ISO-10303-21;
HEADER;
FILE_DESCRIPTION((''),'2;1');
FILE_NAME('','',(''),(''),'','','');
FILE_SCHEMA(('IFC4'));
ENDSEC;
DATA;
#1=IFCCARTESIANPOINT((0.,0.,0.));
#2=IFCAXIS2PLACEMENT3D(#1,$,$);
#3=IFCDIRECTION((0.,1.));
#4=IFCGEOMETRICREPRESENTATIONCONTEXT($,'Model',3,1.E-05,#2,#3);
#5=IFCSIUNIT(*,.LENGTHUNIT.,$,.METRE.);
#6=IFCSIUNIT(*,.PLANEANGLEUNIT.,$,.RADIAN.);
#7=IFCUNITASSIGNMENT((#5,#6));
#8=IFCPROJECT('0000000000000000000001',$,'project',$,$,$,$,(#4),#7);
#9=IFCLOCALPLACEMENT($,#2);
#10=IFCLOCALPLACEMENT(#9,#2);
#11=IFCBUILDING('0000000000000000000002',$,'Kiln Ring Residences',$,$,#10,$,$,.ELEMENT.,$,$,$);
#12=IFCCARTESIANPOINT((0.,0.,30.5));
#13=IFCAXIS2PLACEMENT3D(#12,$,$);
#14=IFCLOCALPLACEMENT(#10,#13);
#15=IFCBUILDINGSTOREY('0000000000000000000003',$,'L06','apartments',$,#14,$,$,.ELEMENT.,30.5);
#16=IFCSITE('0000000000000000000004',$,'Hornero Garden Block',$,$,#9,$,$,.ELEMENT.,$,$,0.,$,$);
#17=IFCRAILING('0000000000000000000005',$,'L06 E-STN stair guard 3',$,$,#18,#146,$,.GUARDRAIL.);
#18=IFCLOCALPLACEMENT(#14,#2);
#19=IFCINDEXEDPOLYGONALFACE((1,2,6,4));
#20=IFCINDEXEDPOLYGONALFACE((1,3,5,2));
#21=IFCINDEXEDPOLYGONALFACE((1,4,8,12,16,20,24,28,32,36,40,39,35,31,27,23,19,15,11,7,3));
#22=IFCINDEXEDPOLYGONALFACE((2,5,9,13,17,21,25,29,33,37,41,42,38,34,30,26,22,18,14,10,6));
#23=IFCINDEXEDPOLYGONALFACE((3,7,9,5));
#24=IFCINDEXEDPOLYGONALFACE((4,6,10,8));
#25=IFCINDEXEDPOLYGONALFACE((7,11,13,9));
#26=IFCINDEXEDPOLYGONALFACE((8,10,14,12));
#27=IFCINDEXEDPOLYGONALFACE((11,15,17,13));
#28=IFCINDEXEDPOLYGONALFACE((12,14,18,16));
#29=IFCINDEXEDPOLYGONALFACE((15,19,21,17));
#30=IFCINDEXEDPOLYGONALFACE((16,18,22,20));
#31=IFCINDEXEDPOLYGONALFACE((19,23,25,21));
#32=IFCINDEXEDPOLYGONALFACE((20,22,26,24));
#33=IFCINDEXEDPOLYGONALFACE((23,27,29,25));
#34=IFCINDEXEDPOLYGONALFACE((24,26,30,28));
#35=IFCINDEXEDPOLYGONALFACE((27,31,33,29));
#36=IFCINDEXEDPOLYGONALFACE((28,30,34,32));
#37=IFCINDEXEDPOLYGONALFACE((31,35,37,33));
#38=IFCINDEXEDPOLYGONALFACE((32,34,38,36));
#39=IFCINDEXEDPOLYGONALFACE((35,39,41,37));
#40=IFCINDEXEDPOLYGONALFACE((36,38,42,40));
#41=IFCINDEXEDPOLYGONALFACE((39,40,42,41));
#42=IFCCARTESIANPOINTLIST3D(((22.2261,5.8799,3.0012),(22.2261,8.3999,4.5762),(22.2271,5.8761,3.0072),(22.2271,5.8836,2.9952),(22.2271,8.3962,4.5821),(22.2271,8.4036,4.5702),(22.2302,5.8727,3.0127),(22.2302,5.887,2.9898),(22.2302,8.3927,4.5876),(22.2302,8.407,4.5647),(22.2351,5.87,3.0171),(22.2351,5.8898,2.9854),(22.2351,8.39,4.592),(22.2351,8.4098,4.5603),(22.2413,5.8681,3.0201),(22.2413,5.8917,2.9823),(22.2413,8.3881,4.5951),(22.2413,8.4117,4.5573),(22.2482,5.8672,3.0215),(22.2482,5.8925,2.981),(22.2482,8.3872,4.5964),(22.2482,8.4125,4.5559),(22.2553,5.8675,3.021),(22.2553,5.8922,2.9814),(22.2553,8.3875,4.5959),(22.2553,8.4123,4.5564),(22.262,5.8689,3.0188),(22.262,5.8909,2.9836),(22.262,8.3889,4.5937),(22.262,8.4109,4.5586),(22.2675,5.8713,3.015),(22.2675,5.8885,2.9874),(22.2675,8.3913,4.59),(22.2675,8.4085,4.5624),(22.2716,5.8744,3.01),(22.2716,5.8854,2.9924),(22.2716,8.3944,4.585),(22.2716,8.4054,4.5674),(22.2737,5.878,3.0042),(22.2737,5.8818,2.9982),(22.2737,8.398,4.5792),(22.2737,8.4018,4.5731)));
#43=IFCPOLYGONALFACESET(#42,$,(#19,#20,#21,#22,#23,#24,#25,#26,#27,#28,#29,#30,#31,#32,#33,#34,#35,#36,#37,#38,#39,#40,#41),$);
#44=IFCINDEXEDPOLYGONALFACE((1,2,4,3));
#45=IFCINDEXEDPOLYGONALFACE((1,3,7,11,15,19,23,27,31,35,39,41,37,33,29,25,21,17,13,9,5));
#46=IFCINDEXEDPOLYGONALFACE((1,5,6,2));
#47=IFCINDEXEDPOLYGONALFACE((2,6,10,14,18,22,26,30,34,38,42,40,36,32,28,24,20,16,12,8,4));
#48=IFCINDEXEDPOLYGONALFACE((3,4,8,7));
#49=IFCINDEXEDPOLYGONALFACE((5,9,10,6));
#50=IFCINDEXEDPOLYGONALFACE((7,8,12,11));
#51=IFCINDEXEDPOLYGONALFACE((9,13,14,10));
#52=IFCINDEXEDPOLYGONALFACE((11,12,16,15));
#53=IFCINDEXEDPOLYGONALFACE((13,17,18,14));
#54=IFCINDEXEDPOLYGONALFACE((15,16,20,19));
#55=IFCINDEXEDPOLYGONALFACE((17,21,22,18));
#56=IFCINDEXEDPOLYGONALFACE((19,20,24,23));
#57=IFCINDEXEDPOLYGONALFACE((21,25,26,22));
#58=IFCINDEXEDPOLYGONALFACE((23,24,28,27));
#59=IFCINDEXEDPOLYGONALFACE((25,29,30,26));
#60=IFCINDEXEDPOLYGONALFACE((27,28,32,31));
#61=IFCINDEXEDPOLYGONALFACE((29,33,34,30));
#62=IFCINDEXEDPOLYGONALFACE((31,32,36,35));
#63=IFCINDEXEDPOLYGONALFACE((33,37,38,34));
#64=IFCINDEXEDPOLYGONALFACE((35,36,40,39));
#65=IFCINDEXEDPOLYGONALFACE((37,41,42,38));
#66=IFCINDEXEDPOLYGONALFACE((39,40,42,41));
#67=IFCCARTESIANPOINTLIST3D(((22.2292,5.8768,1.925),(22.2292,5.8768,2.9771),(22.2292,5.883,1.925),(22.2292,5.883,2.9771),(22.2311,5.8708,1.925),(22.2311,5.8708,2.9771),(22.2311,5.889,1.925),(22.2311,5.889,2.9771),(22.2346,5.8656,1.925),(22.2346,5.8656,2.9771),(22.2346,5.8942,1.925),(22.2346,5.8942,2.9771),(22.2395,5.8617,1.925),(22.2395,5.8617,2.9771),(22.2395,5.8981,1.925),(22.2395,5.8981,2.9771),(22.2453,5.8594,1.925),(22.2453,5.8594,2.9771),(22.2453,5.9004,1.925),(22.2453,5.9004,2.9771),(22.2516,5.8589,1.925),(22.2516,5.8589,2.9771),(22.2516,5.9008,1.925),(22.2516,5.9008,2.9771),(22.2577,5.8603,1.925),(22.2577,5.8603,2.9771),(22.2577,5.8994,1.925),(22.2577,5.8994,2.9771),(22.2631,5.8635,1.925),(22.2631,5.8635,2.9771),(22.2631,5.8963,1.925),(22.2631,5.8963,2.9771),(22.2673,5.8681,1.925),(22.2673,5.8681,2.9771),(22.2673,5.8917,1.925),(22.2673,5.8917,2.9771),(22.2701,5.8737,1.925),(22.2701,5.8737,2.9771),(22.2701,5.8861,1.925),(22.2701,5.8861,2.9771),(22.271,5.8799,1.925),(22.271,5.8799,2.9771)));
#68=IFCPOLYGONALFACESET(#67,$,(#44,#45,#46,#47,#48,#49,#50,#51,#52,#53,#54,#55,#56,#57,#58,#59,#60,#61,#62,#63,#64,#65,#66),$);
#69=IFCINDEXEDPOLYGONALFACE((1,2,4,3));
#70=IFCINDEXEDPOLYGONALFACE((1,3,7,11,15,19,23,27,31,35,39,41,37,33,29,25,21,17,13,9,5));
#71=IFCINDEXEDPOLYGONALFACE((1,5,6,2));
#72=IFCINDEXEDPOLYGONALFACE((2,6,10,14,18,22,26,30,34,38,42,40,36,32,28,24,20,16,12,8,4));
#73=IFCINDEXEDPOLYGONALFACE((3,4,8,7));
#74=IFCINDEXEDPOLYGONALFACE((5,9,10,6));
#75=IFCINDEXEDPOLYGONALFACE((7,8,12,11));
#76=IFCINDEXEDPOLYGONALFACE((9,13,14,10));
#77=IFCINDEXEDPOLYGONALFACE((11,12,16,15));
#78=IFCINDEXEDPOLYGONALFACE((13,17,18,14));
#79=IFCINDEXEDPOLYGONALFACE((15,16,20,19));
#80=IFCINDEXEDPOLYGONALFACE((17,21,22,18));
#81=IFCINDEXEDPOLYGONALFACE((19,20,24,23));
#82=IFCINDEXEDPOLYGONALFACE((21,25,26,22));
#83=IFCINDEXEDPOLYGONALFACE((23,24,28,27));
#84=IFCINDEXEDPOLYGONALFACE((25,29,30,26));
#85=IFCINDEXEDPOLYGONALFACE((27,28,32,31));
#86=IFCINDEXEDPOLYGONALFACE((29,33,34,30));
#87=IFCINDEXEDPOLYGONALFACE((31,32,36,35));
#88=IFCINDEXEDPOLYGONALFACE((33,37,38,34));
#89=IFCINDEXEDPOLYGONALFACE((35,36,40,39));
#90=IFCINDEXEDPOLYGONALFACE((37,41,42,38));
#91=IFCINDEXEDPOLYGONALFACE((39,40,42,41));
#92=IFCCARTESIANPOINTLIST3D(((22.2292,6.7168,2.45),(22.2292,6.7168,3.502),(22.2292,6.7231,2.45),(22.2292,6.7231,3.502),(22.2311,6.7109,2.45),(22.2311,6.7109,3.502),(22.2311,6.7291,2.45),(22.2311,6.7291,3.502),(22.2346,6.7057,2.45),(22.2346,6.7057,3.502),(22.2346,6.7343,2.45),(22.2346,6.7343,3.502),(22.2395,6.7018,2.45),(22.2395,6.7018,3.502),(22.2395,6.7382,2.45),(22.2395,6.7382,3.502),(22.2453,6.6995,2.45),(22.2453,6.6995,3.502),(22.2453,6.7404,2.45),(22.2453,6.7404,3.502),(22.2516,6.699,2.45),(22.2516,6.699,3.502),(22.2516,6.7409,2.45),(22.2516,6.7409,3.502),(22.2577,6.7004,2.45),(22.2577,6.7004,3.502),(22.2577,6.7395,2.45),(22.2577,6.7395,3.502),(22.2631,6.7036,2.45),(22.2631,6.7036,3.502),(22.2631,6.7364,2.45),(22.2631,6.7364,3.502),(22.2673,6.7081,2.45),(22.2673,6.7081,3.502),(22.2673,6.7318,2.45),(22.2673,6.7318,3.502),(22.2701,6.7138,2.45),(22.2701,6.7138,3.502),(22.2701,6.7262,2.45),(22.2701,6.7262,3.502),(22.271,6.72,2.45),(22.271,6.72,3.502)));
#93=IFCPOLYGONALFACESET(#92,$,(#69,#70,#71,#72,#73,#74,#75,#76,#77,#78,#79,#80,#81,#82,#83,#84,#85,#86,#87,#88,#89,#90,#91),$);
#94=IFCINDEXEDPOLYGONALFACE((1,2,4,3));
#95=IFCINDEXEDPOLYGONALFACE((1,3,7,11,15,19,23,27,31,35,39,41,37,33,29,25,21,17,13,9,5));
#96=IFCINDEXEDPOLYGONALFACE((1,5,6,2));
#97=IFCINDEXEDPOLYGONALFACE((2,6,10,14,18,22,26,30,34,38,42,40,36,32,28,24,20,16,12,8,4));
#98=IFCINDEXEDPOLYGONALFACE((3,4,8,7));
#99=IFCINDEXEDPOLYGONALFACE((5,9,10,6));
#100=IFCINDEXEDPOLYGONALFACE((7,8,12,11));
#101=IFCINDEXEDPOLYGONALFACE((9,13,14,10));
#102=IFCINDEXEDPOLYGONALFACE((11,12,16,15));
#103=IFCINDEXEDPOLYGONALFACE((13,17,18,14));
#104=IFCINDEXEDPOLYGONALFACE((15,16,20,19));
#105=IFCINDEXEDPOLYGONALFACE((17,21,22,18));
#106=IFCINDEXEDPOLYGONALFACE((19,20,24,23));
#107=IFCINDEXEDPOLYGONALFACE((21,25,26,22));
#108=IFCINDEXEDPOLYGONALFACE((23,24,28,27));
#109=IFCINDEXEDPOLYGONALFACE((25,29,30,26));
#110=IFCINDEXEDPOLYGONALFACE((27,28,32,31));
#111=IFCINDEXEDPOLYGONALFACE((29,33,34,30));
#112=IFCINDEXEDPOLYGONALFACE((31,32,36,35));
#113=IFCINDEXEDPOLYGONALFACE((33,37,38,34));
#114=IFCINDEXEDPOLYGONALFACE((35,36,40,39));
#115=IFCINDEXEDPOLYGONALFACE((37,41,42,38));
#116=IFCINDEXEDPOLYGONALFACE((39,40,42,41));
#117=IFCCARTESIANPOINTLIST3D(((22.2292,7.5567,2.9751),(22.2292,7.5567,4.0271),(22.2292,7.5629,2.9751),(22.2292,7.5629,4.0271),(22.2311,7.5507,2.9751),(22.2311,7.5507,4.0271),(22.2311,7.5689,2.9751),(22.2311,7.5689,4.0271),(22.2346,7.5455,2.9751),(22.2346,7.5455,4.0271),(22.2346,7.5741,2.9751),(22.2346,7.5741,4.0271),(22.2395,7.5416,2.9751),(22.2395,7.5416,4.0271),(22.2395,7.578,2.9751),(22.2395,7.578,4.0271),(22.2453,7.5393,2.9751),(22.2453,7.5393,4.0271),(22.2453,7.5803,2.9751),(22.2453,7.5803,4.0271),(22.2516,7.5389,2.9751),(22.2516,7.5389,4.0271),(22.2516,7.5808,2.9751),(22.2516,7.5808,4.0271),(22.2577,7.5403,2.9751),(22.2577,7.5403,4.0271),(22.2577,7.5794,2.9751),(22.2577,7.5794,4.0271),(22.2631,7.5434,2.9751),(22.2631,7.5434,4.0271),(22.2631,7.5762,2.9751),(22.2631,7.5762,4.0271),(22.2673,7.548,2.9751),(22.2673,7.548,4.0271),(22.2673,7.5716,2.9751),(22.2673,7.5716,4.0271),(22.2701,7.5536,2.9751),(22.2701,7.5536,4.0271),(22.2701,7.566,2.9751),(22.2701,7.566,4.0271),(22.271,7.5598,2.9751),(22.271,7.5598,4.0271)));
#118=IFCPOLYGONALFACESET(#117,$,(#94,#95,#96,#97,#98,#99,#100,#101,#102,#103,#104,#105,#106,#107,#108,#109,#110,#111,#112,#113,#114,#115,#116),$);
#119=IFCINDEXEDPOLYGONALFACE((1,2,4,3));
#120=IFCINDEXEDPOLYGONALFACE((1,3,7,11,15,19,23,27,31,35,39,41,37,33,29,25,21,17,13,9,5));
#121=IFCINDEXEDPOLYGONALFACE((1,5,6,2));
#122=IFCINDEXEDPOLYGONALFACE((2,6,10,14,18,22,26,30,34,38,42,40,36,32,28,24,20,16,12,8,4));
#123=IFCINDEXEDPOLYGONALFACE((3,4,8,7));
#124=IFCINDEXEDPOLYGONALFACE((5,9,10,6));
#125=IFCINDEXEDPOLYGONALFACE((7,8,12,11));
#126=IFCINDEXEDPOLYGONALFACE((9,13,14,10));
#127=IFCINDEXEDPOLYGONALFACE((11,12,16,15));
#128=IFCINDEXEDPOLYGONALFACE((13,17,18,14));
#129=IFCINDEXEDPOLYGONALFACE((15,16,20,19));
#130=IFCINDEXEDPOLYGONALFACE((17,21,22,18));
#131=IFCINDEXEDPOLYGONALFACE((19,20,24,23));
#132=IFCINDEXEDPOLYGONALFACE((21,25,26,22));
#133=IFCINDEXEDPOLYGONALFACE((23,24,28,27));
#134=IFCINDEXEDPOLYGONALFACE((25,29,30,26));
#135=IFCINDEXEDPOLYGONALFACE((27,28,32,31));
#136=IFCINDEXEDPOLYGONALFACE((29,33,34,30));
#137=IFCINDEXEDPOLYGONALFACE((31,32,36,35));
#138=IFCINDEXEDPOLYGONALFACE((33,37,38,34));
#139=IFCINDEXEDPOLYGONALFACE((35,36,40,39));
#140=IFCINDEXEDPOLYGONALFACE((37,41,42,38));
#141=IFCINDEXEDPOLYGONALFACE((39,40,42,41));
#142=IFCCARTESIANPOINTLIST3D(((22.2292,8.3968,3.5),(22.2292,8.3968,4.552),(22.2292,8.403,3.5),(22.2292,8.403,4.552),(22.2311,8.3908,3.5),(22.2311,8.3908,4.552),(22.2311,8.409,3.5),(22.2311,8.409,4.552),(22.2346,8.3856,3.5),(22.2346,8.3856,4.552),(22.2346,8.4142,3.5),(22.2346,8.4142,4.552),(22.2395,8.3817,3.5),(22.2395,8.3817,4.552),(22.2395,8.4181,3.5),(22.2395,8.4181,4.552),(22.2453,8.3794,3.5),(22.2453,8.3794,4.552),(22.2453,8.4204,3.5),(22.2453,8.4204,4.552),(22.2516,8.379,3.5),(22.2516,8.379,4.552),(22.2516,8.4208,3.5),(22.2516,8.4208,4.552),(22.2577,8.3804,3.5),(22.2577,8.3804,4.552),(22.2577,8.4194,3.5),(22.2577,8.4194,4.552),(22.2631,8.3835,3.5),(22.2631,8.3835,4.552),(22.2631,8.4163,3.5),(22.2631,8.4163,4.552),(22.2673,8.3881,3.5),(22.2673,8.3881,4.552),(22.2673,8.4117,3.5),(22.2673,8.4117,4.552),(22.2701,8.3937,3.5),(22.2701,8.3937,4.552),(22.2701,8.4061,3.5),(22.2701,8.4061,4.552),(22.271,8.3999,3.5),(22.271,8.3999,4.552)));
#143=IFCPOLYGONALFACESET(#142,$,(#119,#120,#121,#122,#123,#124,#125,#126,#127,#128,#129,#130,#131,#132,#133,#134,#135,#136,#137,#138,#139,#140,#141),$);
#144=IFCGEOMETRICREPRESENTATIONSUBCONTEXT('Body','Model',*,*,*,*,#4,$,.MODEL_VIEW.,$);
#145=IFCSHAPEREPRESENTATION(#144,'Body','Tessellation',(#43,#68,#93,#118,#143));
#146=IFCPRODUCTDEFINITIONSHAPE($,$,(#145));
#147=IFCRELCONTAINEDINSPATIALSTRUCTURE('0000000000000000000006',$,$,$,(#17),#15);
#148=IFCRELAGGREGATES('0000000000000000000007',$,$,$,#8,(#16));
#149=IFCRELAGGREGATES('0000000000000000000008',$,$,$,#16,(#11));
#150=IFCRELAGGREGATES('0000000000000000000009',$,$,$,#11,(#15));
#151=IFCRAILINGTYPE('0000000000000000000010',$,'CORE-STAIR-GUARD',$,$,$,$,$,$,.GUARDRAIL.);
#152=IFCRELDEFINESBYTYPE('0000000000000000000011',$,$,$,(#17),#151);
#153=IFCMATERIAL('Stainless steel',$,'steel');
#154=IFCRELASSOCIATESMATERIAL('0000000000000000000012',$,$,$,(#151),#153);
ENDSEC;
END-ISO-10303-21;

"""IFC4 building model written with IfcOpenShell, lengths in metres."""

from ifc_helpers import new_model, si_unit, direction, frame, origin, origin_2d, place, context, subcontext, project, spatial, circle, extrude, material, type_object, element, save


model = new_model("IFC4")

# Units and contexts
model_context = context("Model", 3, precision=1e-05, world=origin(), true_north=direction((0.0, 1.0)))
body_context = subcontext(model_context, "Body", "Model", "MODEL_VIEW")
ifc_project = project(units=[si_unit("LENGTHUNIT", "METRE"), si_unit("PLANEANGLEUNIT", "RADIAN")], contexts=[model_context])

# Site, building, storey
site_placement = place(None, origin())
site = spatial("IfcSite", under=ifc_project, at=site_placement, Name="Hornero Garden Block", CompositionType="ELEMENT", RefElevation=0.0)
building_placement = place(site_placement, origin())
building = spatial("IfcBuilding", under=site, at=building_placement, Name="Kiln Ring Residences", CompositionType="ELEMENT")
storey_placement = place(building_placement, frame((0.0, 0.0, 30.5)))
storey = spatial("IfcBuildingStorey", under=building, at=storey_placement, Name="L06", Description="apartments", CompositionType="ELEMENT", Elevation=30.5)

# Railing
ifc_material_1 = material(Name="Stainless steel", Category="steel")
railing_type_1 = type_object("IfcRailingType", Name="CORE-STAIR-GUARD", PredefinedType="GUARDRAIL", material=ifc_material_1)
railing_1_placement = place(storey_placement, frame((22.25, 5.8799, 1.925)))
element("IfcRailing", 1, at=railing_1_placement, inside=storey, type_object=railing_type_1, Name="L06 E-STN stair guard 3", PredefinedType="GUARDRAIL", context=body_context, shape_type="SweptSolid", body=[
    extrude(circle(Radius=0.0239, at=origin_2d()), frame((0.0, 0.0, 1.0762), z_axis=(0.0, 0.848008, 0.529984), x_axis=(-1.0, 0.0, 0.0)), (0.0, 0.0, 1.0), 2.9717),
    extrude(circle(Radius=0.021, at=origin_2d()), origin(), (0.0, 0.0, 1.0), 1.052),
    extrude(circle(Radius=0.021, at=origin_2d()), frame((0.0, 0.8401, 0.5249)), (0.0, 0.0, 1.0), 1.052),
    extrude(circle(Radius=0.021, at=origin_2d()), frame((0.0, 1.6799, 1.05)), (0.0, 0.0, 1.0), 1.052),
    extrude(circle(Radius=0.021, at=origin_2d()), frame((0.0, 2.52, 1.575)), (0.0, 0.0, 1.0), 1.052),
])

save(model, "model.ifc")
